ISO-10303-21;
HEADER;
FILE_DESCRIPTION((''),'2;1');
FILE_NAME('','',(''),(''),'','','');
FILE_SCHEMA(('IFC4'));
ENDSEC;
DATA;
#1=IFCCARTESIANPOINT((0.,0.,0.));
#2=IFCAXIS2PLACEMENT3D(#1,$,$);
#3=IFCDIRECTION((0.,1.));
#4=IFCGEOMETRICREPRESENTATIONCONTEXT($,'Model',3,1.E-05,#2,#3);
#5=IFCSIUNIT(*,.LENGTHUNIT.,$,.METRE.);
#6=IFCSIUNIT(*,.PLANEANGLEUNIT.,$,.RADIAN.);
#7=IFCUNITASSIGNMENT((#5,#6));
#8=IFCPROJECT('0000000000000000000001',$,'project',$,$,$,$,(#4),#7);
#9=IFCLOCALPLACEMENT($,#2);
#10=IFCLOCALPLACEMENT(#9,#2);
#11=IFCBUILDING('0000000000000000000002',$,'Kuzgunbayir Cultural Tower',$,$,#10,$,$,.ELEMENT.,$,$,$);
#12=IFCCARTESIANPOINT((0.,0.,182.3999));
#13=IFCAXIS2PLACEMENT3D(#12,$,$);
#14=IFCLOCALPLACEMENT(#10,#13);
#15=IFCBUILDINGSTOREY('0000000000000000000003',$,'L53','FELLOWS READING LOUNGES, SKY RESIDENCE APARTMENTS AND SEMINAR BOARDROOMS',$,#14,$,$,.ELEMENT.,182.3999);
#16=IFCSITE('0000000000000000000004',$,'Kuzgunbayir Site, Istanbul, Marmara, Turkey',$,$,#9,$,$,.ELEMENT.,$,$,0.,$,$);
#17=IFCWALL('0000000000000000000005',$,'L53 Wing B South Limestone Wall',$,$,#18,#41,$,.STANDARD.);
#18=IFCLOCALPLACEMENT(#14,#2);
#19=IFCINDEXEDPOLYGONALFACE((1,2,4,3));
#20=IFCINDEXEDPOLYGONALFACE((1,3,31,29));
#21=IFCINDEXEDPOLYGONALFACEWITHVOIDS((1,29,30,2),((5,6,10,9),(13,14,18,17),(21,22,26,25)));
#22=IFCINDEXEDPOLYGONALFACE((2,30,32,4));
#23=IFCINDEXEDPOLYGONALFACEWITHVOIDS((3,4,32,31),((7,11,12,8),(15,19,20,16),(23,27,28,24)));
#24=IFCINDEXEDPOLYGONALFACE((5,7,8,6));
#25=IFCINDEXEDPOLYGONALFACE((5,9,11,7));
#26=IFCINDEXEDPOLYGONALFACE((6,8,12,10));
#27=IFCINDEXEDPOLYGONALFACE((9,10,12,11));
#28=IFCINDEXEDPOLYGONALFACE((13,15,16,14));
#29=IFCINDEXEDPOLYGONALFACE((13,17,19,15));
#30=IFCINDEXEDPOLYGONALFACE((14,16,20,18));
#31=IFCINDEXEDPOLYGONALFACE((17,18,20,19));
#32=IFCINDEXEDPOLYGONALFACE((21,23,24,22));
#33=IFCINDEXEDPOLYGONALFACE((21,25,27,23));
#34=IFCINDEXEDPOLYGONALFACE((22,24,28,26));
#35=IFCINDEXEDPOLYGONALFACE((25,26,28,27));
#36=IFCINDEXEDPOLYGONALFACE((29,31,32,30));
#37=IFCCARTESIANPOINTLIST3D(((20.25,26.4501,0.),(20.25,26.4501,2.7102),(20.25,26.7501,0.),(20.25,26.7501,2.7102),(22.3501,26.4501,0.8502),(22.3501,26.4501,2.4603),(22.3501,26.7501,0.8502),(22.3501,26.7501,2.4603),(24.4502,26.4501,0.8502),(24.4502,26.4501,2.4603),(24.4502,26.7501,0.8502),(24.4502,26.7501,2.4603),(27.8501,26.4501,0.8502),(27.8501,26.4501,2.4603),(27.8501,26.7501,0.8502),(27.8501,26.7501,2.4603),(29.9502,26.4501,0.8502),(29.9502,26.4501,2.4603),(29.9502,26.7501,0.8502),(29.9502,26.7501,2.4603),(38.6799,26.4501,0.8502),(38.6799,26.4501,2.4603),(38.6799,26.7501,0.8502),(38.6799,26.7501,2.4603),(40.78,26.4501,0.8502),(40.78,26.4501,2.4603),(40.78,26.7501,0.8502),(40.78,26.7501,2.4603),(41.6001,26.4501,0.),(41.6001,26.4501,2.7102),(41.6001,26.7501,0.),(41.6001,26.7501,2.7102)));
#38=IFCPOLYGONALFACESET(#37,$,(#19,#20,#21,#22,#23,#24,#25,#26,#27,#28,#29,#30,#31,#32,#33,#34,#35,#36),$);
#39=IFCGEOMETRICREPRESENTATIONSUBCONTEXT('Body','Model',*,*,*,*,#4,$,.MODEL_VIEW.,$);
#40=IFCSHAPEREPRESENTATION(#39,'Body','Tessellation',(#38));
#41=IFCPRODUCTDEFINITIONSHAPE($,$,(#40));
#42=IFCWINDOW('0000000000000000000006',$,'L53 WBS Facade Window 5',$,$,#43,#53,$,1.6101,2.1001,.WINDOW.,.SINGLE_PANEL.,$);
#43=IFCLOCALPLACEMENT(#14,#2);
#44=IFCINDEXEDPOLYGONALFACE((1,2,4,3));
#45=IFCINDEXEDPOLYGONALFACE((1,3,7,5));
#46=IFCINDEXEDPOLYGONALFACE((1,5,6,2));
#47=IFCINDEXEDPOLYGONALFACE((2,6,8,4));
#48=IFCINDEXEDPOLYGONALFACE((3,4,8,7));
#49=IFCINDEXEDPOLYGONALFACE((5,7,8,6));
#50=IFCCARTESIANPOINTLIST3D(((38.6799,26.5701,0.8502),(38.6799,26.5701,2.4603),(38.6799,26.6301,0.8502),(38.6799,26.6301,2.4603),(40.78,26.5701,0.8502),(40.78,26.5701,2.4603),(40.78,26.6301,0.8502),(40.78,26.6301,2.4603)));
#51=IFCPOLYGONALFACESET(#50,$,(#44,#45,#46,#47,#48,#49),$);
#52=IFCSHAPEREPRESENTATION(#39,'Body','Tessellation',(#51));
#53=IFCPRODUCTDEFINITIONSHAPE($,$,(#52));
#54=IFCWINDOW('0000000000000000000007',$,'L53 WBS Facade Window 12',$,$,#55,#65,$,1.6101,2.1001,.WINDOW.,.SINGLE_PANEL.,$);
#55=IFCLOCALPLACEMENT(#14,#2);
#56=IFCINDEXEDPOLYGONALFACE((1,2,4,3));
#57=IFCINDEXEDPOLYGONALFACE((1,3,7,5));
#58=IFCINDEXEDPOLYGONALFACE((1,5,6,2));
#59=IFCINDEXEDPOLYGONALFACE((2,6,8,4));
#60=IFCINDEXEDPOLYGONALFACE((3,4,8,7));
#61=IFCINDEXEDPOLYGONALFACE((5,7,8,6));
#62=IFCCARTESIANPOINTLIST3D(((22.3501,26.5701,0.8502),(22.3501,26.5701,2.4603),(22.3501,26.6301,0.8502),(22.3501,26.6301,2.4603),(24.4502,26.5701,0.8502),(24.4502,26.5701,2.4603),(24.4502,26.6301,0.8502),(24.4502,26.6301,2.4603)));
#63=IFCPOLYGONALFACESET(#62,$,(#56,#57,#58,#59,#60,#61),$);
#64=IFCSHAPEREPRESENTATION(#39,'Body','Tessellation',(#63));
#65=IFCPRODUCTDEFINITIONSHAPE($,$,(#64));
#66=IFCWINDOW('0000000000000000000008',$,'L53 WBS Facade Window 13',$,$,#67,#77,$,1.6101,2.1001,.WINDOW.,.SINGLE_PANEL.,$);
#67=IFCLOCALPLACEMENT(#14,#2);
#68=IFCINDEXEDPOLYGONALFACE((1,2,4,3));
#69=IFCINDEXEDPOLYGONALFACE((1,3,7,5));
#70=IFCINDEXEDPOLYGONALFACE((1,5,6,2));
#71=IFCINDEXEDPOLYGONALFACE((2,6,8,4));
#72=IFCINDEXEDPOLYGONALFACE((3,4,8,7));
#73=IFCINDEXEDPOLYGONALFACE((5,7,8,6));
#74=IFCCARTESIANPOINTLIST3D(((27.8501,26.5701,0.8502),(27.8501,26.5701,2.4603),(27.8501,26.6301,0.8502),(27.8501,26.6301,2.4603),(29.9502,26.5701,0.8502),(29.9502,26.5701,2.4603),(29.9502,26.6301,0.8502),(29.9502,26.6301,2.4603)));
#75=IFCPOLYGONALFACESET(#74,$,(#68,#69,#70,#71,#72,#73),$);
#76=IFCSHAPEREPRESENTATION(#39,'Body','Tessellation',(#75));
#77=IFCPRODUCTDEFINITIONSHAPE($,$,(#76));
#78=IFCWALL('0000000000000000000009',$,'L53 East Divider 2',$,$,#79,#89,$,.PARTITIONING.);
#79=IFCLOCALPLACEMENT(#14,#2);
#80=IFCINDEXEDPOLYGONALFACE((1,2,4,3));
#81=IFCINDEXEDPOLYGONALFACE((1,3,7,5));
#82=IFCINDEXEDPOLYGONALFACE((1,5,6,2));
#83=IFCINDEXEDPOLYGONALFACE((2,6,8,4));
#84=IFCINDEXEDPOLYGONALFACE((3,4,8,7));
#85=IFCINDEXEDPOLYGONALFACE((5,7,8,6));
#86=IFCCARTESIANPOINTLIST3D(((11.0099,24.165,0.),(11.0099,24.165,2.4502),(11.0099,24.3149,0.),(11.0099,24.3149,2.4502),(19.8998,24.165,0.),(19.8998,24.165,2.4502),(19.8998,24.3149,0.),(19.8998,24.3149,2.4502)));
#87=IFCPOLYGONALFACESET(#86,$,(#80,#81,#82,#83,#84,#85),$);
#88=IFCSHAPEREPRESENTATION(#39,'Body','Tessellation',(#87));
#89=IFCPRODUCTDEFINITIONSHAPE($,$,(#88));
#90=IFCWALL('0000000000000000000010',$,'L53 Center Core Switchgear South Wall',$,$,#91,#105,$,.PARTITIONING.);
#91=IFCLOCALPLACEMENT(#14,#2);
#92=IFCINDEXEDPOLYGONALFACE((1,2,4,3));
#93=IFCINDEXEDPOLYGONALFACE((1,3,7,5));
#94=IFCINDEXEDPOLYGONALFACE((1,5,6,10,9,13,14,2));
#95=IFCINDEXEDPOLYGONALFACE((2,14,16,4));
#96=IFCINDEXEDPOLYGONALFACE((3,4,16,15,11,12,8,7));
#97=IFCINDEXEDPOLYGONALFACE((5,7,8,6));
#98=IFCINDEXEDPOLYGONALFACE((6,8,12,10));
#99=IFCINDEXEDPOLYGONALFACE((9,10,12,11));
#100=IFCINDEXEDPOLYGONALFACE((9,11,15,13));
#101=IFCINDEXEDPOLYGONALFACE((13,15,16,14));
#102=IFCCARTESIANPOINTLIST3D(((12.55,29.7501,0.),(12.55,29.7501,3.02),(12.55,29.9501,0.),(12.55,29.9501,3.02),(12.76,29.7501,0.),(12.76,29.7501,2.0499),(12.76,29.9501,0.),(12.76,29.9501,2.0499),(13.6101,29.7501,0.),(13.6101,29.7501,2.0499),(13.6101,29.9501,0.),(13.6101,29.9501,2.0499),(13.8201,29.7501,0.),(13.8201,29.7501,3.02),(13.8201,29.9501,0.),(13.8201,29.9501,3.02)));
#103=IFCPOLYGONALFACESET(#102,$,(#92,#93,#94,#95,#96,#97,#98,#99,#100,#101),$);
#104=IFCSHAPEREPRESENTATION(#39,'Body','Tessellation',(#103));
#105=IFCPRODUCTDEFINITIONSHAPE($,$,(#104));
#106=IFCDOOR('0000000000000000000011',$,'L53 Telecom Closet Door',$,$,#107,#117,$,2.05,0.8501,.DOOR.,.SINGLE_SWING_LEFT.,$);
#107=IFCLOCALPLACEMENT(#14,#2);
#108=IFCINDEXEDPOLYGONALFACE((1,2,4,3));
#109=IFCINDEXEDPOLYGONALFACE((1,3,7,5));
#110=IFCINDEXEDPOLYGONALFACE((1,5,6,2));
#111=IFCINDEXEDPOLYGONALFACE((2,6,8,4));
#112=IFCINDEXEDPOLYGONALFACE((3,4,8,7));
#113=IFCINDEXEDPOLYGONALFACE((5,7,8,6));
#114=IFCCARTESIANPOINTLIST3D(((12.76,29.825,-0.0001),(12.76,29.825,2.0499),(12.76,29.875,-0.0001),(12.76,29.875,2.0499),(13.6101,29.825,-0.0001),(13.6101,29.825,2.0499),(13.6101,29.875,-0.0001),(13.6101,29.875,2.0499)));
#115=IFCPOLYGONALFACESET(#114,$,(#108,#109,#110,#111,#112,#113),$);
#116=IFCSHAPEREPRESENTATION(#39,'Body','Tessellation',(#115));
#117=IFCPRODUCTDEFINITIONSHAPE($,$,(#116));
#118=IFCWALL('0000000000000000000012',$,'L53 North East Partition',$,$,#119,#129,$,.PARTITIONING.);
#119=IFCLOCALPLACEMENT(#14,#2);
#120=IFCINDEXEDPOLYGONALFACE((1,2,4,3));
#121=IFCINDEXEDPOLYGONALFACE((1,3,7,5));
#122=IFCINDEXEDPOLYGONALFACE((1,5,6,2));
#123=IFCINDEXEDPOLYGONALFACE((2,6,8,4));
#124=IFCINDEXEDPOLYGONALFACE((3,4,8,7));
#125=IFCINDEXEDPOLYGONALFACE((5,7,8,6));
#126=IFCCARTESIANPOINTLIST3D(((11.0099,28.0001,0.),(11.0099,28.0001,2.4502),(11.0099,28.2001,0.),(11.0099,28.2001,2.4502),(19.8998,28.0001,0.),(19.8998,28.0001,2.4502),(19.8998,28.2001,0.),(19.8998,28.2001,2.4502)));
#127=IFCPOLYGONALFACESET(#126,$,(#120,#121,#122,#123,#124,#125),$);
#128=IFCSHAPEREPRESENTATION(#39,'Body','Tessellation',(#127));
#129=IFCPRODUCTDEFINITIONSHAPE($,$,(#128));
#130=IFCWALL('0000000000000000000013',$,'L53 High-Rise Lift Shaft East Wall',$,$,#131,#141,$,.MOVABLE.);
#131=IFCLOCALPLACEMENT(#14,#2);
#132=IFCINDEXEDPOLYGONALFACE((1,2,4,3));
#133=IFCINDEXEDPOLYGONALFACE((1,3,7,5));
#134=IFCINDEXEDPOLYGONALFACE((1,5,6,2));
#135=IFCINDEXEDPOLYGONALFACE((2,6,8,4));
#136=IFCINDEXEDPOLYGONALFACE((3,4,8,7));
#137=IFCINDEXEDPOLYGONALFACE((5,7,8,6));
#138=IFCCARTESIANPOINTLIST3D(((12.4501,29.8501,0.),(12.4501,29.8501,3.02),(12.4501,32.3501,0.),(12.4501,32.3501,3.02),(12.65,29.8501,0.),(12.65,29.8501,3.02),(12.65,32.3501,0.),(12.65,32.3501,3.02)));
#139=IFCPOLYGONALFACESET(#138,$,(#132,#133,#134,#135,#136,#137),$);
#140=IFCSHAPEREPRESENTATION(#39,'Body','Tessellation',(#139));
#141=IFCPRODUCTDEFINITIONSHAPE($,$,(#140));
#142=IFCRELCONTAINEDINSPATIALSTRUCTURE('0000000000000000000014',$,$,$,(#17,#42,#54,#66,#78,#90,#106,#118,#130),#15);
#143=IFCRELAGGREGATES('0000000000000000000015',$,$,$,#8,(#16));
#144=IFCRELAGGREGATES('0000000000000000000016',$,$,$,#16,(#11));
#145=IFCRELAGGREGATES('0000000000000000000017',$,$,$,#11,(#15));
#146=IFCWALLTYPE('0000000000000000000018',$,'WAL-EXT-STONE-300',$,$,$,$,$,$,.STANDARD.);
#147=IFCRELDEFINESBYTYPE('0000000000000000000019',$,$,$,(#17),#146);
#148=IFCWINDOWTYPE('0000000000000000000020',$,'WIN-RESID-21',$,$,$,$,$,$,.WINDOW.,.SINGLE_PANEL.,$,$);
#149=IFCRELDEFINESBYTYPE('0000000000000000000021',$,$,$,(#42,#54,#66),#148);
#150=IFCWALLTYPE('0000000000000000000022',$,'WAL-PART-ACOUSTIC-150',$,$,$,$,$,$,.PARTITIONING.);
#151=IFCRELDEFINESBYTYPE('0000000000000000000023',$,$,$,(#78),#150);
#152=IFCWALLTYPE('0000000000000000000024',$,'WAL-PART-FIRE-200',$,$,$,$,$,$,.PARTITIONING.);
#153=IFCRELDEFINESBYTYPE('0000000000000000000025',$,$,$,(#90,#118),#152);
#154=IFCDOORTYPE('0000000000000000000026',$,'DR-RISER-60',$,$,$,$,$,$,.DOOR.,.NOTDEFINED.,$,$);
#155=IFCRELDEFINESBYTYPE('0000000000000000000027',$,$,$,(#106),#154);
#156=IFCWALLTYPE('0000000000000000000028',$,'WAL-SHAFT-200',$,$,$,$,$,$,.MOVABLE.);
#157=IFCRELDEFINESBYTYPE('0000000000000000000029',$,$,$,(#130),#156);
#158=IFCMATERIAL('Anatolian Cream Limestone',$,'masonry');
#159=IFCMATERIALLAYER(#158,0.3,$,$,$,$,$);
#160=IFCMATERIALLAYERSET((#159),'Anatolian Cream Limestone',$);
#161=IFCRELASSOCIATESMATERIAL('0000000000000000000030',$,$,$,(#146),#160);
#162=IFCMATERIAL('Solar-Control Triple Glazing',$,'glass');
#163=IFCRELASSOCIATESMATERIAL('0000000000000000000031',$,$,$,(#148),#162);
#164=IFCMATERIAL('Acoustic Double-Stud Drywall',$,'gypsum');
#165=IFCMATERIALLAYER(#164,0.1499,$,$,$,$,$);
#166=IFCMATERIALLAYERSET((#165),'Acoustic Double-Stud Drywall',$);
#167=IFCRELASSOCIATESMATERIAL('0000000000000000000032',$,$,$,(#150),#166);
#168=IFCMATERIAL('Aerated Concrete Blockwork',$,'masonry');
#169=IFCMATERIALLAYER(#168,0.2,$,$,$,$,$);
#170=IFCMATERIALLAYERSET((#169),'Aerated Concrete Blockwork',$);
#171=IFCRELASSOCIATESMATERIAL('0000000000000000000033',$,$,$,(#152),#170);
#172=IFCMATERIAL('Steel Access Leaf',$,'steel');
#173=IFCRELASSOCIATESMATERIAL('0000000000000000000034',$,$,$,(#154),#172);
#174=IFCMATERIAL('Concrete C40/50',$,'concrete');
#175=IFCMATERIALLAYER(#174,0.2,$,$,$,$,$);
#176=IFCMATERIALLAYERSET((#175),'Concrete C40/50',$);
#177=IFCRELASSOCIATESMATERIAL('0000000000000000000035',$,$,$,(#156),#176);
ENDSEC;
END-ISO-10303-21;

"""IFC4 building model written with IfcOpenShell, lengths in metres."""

from ifc_helpers import new_model, si_unit, direction, frame, frame_2d, origin, place, context, subcontext, project, spatial, rectangle, extrude, material, layer, layer_set, type_object, element, fill, save


model = new_model("IFC4")

# Units and contexts
model_context = context("Model", 3, precision=1e-05, world=origin(), true_north=direction((0.0, 1.0)))
body_context = subcontext(model_context, "Body", "Model", "MODEL_VIEW")
ifc_project = project(units=[si_unit("LENGTHUNIT", "METRE"), si_unit("PLANEANGLEUNIT", "RADIAN")], contexts=[model_context])

# Site, building, storey
site_placement = place(None, origin())
site = spatial("IfcSite", under=ifc_project, at=site_placement, Name="Kuzgunbayir Site, Istanbul, Marmara, Turkey", CompositionType="ELEMENT", RefElevation=0.0)
building_placement = place(site_placement, origin())
building = spatial("IfcBuilding", under=site, at=building_placement, Name="Kuzgunbayir Cultural Tower", CompositionType="ELEMENT")
storey_placement = place(building_placement, frame((0.0, 0.0, 182.3999)))
storey = spatial("IfcBuildingStorey", under=building, at=storey_placement, Name="L53", Description="FELLOWS READING LOUNGES, SKY RESIDENCE APARTMENTS AND SEMINAR BOARDROOMS", CompositionType="ELEMENT", Elevation=182.3999)

# Wall, openings, windows
ifc_material_1 = material(Name="Anatolian Cream Limestone", Category="masonry")
ifc_layer_1 = layer(ifc_material_1, 0.3)
ifc_layer_set_1 = layer_set([ifc_layer_1], Name="Anatolian Cream Limestone")
wall_type_1 = type_object("IfcWallType", Name="WAL-EXT-STONE-300", PredefinedType="STANDARD", material=ifc_layer_set_1)
wall_1_placement = place(storey_placement, frame((20.25, 26.6001, 0.0), z_axis=(0.0, 0.0, 1.0), x_axis=(1.0, 0.0, 0.0)))
wall_1 = element("IfcWall", 1, at=wall_1_placement, inside=storey, type_object=wall_type_1, Name="L53 Wing B South Limestone Wall", PredefinedType="STANDARD", context=body_context, shape_type="SweptSolid", body=[
    extrude(rectangle(XDim=21.3501, YDim=0.3, at=frame_2d((10.675, 0.0))), origin(), (0.0, 0.0, 1.0), 2.7102),
])
opening_1_placement = place(wall_1_placement, frame((18.4299, 0.0, 0.8501)))
opening_1 = element("IfcOpeningElement", 2, at=opening_1_placement, cuts=wall_1, PredefinedType="OPENING", context=body_context, shape_type="SweptSolid", body=[
    extrude(rectangle(XDim=2.1001, YDim=1.6101, at=frame_2d((1.05, 0.8052))), frame((0.0, 0.1602, 0.0), z_axis=(0.0, -1.0, 0.0), x_axis=(1.0, 0.0, 0.0)), (0.0, 0.0, 1.0), 0.3201),
])
opening_2_placement = place(wall_1_placement, frame((2.1001, 0.0, 0.8501)))
opening_2 = element("IfcOpeningElement", 3, at=opening_2_placement, cuts=wall_1, PredefinedType="OPENING", context=body_context, shape_type="SweptSolid", body=[
    extrude(rectangle(XDim=2.1001, YDim=1.6101, at=frame_2d((1.05, 0.8052))), frame((0.0, 0.1602, 0.0), z_axis=(0.0, -1.0, 0.0), x_axis=(1.0, 0.0, 0.0)), (0.0, 0.0, 1.0), 0.3201),
])
opening_3_placement = place(wall_1_placement, frame((7.6001, 0.0, 0.8501)))
opening_3 = element("IfcOpeningElement", 4, at=opening_3_placement, cuts=wall_1, PredefinedType="OPENING", context=body_context, shape_type="SweptSolid", body=[
    extrude(rectangle(XDim=2.1001, YDim=1.6101, at=frame_2d((1.05, 0.8052))), frame((0.0, 0.1602, 0.0), z_axis=(0.0, -1.0, 0.0), x_axis=(1.0, 0.0, 0.0)), (0.0, 0.0, 1.0), 0.3201),
])
ifc_material_2 = material(Name="Solar-Control Triple Glazing", Category="glass")
window_type = type_object("IfcWindowType", Name="WIN-RESID-21", PartitioningType="SINGLE_PANEL", PredefinedType="WINDOW", material=ifc_material_2)
window_1_placement = place(opening_1_placement, origin())
window_1 = element("IfcWindow", 5, at=window_1_placement, inside=storey, type_object=window_type, Name="L53 WBS Facade Window 5", OverallHeight=1.6101, OverallWidth=2.1001, PartitioningType="SINGLE_PANEL", PredefinedType="WINDOW", context=body_context, shape_type="SweptSolid", body=[
    extrude(rectangle(XDim=2.1001, YDim=1.6101, at=frame_2d((1.05, 0.8052))), frame((0.0, 0.03, 0.0), z_axis=(0.0, -1.0, 0.0), x_axis=(1.0, 0.0, 0.0)), (0.0, 0.0, 1.0), 0.0601),
])
fill(opening_1, window_1)
window_2_placement = place(opening_2_placement, origin())
window_2 = element("IfcWindow", 6, at=window_2_placement, inside=storey, type_object=window_type, Name="L53 WBS Facade Window 12", OverallHeight=1.6101, OverallWidth=2.1001, PartitioningType="SINGLE_PANEL", PredefinedType="WINDOW", context=body_context, shape_type="SweptSolid", body=[
    extrude(rectangle(XDim=2.1001, YDim=1.6101, at=frame_2d((1.05, 0.8052))), frame((0.0, 0.03, 0.0), z_axis=(0.0, -1.0, 0.0), x_axis=(1.0, 0.0, 0.0)), (0.0, 0.0, 1.0), 0.0601),
])
fill(opening_2, window_2)
window_3_placement = place(opening_3_placement, origin())
window_3 = element("IfcWindow", 7, at=window_3_placement, inside=storey, type_object=window_type, Name="L53 WBS Facade Window 13", OverallHeight=1.6101, OverallWidth=2.1001, PartitioningType="SINGLE_PANEL", PredefinedType="WINDOW", context=body_context, shape_type="SweptSolid", body=[
    extrude(rectangle(XDim=2.1001, YDim=1.6101, at=frame_2d((1.05, 0.8052))), frame((0.0, 0.03, 0.0), z_axis=(0.0, -1.0, 0.0), x_axis=(1.0, 0.0, 0.0)), (0.0, 0.0, 1.0), 0.0601),
])
fill(opening_3, window_3)

# Wall
ifc_material_3 = material(Name="Acoustic Double-Stud Drywall", Category="gypsum")
ifc_layer_2 = layer(ifc_material_3, 0.1499)
ifc_layer_set_2 = layer_set([ifc_layer_2], Name="Acoustic Double-Stud Drywall")
wall_type_2 = type_object("IfcWallType", Name="WAL-PART-ACOUSTIC-150", PredefinedType="PARTITIONING", material=ifc_layer_set_2)
wall_2_placement = place(storey_placement, frame((11.01, 24.24, 0.0), z_axis=(0.0, 0.0, 1.0), x_axis=(1.0, 0.0, 0.0)))
element("IfcWall", 8, at=wall_2_placement, inside=storey, type_object=wall_type_2, Name="L53 East Divider 2", PredefinedType="PARTITIONING", context=body_context, shape_type="SweptSolid", body=[
    extrude(rectangle(XDim=8.8899, YDim=0.1499, at=frame_2d((4.4448, 0.0))), origin(), (0.0, 0.0, 1.0), 2.4502),
])

# Wall, opening, door
ifc_material_4 = material(Name="Aerated Concrete Blockwork", Category="masonry")
ifc_layer_3 = layer(ifc_material_4, 0.2)
ifc_layer_set_3 = layer_set([ifc_layer_3], Name="Aerated Concrete Blockwork")
wall_type_3 = type_object("IfcWallType", Name="WAL-PART-FIRE-200", PredefinedType="PARTITIONING", material=ifc_layer_set_3)
wall_3_placement = place(storey_placement, frame((12.55, 29.8501, 0.0), z_axis=(0.0, 0.0, 1.0), x_axis=(1.0, 0.0, 0.0)))
wall_3 = element("IfcWall", 9, at=wall_3_placement, inside=storey, type_object=wall_type_3, Name="L53 Center Core Switchgear South Wall", PredefinedType="PARTITIONING", context=body_context, shape_type="SweptSolid", body=[
    extrude(rectangle(XDim=1.27, YDim=0.2, at=frame_2d((0.635, 0.0))), origin(), (0.0, 0.0, 1.0), 3.02),
])
opening_4_placement = place(wall_3_placement, frame((0.21, 0.0, 0.0)))
opening_4 = element("IfcOpeningElement", 10, at=opening_4_placement, cuts=wall_3, PredefinedType="OPENING", context=body_context, shape_type="SweptSolid", body=[
    extrude(rectangle(XDim=0.8501, YDim=2.05, at=frame_2d((0.425, 1.0249))), frame((0.0, 0.1099, 0.0), z_axis=(0.0, -1.0, 0.0), x_axis=(1.0, 0.0, 0.0)), (0.0, 0.0, 1.0), 0.22),
])
ifc_material_5 = material(Name="Steel Access Leaf", Category="steel")
door_type = type_object("IfcDoorType", Name="DR-RISER-60", OperationType="NOTDEFINED", PredefinedType="DOOR", material=ifc_material_5)
door_placement = place(opening_4_placement, origin())
door = element("IfcDoor", 11, at=door_placement, inside=storey, type_object=door_type, Name="L53 Telecom Closet Door", OperationType="SINGLE_SWING_LEFT", OverallHeight=2.05, OverallWidth=0.8501, PredefinedType="DOOR", context=body_context, shape_type="SweptSolid", body=[
    extrude(rectangle(XDim=0.8501, YDim=2.05, at=frame_2d((0.425, 1.0249))), frame((0.0, 0.0249, 0.0), z_axis=(0.0, -1.0, 0.0), x_axis=(1.0, 0.0, 0.0)), (0.0, 0.0, 1.0), 0.05),
])
fill(opening_4, door)

# Walls
wall_4_placement = place(storey_placement, frame((11.01, 28.1001, 0.0), z_axis=(0.0, 0.0, 1.0), x_axis=(1.0, 0.0, 0.0)))
element("IfcWall", 12, at=wall_4_placement, inside=storey, type_object=wall_type_3, Name="L53 North East Partition", PredefinedType="PARTITIONING", context=body_context, shape_type="SweptSolid", body=[
    extrude(rectangle(XDim=8.8899, YDim=0.2, at=frame_2d((4.4448, 0.0))), origin(), (0.0, 0.0, 1.0), 2.4502),
])
ifc_material_6 = material(Name="Concrete C40/50", Category="concrete")
ifc_layer_4 = layer(ifc_material_6, 0.2)
ifc_layer_set_4 = layer_set([ifc_layer_4], Name="Concrete C40/50")
wall_type_4 = type_object("IfcWallType", Name="WAL-SHAFT-200", PredefinedType="MOVABLE", material=ifc_layer_set_4)
wall_5_placement = place(storey_placement, frame((12.55, 29.8501, 0.0), z_axis=(0.0, 0.0, 1.0), x_axis=(0.0, 1.0, 0.0)))
element("IfcWall", 13, at=wall_5_placement, inside=storey, type_object=wall_type_4, Name="L53 High-Rise Lift Shaft East Wall", PredefinedType="MOVABLE", context=body_context, shape_type="SweptSolid", body=[
    extrude(rectangle(XDim=2.5, YDim=0.2, at=frame_2d((1.25, 0.0))), origin(), (0.0, 0.0, 1.0), 3.02),
])

save(model, "model.ifc")
